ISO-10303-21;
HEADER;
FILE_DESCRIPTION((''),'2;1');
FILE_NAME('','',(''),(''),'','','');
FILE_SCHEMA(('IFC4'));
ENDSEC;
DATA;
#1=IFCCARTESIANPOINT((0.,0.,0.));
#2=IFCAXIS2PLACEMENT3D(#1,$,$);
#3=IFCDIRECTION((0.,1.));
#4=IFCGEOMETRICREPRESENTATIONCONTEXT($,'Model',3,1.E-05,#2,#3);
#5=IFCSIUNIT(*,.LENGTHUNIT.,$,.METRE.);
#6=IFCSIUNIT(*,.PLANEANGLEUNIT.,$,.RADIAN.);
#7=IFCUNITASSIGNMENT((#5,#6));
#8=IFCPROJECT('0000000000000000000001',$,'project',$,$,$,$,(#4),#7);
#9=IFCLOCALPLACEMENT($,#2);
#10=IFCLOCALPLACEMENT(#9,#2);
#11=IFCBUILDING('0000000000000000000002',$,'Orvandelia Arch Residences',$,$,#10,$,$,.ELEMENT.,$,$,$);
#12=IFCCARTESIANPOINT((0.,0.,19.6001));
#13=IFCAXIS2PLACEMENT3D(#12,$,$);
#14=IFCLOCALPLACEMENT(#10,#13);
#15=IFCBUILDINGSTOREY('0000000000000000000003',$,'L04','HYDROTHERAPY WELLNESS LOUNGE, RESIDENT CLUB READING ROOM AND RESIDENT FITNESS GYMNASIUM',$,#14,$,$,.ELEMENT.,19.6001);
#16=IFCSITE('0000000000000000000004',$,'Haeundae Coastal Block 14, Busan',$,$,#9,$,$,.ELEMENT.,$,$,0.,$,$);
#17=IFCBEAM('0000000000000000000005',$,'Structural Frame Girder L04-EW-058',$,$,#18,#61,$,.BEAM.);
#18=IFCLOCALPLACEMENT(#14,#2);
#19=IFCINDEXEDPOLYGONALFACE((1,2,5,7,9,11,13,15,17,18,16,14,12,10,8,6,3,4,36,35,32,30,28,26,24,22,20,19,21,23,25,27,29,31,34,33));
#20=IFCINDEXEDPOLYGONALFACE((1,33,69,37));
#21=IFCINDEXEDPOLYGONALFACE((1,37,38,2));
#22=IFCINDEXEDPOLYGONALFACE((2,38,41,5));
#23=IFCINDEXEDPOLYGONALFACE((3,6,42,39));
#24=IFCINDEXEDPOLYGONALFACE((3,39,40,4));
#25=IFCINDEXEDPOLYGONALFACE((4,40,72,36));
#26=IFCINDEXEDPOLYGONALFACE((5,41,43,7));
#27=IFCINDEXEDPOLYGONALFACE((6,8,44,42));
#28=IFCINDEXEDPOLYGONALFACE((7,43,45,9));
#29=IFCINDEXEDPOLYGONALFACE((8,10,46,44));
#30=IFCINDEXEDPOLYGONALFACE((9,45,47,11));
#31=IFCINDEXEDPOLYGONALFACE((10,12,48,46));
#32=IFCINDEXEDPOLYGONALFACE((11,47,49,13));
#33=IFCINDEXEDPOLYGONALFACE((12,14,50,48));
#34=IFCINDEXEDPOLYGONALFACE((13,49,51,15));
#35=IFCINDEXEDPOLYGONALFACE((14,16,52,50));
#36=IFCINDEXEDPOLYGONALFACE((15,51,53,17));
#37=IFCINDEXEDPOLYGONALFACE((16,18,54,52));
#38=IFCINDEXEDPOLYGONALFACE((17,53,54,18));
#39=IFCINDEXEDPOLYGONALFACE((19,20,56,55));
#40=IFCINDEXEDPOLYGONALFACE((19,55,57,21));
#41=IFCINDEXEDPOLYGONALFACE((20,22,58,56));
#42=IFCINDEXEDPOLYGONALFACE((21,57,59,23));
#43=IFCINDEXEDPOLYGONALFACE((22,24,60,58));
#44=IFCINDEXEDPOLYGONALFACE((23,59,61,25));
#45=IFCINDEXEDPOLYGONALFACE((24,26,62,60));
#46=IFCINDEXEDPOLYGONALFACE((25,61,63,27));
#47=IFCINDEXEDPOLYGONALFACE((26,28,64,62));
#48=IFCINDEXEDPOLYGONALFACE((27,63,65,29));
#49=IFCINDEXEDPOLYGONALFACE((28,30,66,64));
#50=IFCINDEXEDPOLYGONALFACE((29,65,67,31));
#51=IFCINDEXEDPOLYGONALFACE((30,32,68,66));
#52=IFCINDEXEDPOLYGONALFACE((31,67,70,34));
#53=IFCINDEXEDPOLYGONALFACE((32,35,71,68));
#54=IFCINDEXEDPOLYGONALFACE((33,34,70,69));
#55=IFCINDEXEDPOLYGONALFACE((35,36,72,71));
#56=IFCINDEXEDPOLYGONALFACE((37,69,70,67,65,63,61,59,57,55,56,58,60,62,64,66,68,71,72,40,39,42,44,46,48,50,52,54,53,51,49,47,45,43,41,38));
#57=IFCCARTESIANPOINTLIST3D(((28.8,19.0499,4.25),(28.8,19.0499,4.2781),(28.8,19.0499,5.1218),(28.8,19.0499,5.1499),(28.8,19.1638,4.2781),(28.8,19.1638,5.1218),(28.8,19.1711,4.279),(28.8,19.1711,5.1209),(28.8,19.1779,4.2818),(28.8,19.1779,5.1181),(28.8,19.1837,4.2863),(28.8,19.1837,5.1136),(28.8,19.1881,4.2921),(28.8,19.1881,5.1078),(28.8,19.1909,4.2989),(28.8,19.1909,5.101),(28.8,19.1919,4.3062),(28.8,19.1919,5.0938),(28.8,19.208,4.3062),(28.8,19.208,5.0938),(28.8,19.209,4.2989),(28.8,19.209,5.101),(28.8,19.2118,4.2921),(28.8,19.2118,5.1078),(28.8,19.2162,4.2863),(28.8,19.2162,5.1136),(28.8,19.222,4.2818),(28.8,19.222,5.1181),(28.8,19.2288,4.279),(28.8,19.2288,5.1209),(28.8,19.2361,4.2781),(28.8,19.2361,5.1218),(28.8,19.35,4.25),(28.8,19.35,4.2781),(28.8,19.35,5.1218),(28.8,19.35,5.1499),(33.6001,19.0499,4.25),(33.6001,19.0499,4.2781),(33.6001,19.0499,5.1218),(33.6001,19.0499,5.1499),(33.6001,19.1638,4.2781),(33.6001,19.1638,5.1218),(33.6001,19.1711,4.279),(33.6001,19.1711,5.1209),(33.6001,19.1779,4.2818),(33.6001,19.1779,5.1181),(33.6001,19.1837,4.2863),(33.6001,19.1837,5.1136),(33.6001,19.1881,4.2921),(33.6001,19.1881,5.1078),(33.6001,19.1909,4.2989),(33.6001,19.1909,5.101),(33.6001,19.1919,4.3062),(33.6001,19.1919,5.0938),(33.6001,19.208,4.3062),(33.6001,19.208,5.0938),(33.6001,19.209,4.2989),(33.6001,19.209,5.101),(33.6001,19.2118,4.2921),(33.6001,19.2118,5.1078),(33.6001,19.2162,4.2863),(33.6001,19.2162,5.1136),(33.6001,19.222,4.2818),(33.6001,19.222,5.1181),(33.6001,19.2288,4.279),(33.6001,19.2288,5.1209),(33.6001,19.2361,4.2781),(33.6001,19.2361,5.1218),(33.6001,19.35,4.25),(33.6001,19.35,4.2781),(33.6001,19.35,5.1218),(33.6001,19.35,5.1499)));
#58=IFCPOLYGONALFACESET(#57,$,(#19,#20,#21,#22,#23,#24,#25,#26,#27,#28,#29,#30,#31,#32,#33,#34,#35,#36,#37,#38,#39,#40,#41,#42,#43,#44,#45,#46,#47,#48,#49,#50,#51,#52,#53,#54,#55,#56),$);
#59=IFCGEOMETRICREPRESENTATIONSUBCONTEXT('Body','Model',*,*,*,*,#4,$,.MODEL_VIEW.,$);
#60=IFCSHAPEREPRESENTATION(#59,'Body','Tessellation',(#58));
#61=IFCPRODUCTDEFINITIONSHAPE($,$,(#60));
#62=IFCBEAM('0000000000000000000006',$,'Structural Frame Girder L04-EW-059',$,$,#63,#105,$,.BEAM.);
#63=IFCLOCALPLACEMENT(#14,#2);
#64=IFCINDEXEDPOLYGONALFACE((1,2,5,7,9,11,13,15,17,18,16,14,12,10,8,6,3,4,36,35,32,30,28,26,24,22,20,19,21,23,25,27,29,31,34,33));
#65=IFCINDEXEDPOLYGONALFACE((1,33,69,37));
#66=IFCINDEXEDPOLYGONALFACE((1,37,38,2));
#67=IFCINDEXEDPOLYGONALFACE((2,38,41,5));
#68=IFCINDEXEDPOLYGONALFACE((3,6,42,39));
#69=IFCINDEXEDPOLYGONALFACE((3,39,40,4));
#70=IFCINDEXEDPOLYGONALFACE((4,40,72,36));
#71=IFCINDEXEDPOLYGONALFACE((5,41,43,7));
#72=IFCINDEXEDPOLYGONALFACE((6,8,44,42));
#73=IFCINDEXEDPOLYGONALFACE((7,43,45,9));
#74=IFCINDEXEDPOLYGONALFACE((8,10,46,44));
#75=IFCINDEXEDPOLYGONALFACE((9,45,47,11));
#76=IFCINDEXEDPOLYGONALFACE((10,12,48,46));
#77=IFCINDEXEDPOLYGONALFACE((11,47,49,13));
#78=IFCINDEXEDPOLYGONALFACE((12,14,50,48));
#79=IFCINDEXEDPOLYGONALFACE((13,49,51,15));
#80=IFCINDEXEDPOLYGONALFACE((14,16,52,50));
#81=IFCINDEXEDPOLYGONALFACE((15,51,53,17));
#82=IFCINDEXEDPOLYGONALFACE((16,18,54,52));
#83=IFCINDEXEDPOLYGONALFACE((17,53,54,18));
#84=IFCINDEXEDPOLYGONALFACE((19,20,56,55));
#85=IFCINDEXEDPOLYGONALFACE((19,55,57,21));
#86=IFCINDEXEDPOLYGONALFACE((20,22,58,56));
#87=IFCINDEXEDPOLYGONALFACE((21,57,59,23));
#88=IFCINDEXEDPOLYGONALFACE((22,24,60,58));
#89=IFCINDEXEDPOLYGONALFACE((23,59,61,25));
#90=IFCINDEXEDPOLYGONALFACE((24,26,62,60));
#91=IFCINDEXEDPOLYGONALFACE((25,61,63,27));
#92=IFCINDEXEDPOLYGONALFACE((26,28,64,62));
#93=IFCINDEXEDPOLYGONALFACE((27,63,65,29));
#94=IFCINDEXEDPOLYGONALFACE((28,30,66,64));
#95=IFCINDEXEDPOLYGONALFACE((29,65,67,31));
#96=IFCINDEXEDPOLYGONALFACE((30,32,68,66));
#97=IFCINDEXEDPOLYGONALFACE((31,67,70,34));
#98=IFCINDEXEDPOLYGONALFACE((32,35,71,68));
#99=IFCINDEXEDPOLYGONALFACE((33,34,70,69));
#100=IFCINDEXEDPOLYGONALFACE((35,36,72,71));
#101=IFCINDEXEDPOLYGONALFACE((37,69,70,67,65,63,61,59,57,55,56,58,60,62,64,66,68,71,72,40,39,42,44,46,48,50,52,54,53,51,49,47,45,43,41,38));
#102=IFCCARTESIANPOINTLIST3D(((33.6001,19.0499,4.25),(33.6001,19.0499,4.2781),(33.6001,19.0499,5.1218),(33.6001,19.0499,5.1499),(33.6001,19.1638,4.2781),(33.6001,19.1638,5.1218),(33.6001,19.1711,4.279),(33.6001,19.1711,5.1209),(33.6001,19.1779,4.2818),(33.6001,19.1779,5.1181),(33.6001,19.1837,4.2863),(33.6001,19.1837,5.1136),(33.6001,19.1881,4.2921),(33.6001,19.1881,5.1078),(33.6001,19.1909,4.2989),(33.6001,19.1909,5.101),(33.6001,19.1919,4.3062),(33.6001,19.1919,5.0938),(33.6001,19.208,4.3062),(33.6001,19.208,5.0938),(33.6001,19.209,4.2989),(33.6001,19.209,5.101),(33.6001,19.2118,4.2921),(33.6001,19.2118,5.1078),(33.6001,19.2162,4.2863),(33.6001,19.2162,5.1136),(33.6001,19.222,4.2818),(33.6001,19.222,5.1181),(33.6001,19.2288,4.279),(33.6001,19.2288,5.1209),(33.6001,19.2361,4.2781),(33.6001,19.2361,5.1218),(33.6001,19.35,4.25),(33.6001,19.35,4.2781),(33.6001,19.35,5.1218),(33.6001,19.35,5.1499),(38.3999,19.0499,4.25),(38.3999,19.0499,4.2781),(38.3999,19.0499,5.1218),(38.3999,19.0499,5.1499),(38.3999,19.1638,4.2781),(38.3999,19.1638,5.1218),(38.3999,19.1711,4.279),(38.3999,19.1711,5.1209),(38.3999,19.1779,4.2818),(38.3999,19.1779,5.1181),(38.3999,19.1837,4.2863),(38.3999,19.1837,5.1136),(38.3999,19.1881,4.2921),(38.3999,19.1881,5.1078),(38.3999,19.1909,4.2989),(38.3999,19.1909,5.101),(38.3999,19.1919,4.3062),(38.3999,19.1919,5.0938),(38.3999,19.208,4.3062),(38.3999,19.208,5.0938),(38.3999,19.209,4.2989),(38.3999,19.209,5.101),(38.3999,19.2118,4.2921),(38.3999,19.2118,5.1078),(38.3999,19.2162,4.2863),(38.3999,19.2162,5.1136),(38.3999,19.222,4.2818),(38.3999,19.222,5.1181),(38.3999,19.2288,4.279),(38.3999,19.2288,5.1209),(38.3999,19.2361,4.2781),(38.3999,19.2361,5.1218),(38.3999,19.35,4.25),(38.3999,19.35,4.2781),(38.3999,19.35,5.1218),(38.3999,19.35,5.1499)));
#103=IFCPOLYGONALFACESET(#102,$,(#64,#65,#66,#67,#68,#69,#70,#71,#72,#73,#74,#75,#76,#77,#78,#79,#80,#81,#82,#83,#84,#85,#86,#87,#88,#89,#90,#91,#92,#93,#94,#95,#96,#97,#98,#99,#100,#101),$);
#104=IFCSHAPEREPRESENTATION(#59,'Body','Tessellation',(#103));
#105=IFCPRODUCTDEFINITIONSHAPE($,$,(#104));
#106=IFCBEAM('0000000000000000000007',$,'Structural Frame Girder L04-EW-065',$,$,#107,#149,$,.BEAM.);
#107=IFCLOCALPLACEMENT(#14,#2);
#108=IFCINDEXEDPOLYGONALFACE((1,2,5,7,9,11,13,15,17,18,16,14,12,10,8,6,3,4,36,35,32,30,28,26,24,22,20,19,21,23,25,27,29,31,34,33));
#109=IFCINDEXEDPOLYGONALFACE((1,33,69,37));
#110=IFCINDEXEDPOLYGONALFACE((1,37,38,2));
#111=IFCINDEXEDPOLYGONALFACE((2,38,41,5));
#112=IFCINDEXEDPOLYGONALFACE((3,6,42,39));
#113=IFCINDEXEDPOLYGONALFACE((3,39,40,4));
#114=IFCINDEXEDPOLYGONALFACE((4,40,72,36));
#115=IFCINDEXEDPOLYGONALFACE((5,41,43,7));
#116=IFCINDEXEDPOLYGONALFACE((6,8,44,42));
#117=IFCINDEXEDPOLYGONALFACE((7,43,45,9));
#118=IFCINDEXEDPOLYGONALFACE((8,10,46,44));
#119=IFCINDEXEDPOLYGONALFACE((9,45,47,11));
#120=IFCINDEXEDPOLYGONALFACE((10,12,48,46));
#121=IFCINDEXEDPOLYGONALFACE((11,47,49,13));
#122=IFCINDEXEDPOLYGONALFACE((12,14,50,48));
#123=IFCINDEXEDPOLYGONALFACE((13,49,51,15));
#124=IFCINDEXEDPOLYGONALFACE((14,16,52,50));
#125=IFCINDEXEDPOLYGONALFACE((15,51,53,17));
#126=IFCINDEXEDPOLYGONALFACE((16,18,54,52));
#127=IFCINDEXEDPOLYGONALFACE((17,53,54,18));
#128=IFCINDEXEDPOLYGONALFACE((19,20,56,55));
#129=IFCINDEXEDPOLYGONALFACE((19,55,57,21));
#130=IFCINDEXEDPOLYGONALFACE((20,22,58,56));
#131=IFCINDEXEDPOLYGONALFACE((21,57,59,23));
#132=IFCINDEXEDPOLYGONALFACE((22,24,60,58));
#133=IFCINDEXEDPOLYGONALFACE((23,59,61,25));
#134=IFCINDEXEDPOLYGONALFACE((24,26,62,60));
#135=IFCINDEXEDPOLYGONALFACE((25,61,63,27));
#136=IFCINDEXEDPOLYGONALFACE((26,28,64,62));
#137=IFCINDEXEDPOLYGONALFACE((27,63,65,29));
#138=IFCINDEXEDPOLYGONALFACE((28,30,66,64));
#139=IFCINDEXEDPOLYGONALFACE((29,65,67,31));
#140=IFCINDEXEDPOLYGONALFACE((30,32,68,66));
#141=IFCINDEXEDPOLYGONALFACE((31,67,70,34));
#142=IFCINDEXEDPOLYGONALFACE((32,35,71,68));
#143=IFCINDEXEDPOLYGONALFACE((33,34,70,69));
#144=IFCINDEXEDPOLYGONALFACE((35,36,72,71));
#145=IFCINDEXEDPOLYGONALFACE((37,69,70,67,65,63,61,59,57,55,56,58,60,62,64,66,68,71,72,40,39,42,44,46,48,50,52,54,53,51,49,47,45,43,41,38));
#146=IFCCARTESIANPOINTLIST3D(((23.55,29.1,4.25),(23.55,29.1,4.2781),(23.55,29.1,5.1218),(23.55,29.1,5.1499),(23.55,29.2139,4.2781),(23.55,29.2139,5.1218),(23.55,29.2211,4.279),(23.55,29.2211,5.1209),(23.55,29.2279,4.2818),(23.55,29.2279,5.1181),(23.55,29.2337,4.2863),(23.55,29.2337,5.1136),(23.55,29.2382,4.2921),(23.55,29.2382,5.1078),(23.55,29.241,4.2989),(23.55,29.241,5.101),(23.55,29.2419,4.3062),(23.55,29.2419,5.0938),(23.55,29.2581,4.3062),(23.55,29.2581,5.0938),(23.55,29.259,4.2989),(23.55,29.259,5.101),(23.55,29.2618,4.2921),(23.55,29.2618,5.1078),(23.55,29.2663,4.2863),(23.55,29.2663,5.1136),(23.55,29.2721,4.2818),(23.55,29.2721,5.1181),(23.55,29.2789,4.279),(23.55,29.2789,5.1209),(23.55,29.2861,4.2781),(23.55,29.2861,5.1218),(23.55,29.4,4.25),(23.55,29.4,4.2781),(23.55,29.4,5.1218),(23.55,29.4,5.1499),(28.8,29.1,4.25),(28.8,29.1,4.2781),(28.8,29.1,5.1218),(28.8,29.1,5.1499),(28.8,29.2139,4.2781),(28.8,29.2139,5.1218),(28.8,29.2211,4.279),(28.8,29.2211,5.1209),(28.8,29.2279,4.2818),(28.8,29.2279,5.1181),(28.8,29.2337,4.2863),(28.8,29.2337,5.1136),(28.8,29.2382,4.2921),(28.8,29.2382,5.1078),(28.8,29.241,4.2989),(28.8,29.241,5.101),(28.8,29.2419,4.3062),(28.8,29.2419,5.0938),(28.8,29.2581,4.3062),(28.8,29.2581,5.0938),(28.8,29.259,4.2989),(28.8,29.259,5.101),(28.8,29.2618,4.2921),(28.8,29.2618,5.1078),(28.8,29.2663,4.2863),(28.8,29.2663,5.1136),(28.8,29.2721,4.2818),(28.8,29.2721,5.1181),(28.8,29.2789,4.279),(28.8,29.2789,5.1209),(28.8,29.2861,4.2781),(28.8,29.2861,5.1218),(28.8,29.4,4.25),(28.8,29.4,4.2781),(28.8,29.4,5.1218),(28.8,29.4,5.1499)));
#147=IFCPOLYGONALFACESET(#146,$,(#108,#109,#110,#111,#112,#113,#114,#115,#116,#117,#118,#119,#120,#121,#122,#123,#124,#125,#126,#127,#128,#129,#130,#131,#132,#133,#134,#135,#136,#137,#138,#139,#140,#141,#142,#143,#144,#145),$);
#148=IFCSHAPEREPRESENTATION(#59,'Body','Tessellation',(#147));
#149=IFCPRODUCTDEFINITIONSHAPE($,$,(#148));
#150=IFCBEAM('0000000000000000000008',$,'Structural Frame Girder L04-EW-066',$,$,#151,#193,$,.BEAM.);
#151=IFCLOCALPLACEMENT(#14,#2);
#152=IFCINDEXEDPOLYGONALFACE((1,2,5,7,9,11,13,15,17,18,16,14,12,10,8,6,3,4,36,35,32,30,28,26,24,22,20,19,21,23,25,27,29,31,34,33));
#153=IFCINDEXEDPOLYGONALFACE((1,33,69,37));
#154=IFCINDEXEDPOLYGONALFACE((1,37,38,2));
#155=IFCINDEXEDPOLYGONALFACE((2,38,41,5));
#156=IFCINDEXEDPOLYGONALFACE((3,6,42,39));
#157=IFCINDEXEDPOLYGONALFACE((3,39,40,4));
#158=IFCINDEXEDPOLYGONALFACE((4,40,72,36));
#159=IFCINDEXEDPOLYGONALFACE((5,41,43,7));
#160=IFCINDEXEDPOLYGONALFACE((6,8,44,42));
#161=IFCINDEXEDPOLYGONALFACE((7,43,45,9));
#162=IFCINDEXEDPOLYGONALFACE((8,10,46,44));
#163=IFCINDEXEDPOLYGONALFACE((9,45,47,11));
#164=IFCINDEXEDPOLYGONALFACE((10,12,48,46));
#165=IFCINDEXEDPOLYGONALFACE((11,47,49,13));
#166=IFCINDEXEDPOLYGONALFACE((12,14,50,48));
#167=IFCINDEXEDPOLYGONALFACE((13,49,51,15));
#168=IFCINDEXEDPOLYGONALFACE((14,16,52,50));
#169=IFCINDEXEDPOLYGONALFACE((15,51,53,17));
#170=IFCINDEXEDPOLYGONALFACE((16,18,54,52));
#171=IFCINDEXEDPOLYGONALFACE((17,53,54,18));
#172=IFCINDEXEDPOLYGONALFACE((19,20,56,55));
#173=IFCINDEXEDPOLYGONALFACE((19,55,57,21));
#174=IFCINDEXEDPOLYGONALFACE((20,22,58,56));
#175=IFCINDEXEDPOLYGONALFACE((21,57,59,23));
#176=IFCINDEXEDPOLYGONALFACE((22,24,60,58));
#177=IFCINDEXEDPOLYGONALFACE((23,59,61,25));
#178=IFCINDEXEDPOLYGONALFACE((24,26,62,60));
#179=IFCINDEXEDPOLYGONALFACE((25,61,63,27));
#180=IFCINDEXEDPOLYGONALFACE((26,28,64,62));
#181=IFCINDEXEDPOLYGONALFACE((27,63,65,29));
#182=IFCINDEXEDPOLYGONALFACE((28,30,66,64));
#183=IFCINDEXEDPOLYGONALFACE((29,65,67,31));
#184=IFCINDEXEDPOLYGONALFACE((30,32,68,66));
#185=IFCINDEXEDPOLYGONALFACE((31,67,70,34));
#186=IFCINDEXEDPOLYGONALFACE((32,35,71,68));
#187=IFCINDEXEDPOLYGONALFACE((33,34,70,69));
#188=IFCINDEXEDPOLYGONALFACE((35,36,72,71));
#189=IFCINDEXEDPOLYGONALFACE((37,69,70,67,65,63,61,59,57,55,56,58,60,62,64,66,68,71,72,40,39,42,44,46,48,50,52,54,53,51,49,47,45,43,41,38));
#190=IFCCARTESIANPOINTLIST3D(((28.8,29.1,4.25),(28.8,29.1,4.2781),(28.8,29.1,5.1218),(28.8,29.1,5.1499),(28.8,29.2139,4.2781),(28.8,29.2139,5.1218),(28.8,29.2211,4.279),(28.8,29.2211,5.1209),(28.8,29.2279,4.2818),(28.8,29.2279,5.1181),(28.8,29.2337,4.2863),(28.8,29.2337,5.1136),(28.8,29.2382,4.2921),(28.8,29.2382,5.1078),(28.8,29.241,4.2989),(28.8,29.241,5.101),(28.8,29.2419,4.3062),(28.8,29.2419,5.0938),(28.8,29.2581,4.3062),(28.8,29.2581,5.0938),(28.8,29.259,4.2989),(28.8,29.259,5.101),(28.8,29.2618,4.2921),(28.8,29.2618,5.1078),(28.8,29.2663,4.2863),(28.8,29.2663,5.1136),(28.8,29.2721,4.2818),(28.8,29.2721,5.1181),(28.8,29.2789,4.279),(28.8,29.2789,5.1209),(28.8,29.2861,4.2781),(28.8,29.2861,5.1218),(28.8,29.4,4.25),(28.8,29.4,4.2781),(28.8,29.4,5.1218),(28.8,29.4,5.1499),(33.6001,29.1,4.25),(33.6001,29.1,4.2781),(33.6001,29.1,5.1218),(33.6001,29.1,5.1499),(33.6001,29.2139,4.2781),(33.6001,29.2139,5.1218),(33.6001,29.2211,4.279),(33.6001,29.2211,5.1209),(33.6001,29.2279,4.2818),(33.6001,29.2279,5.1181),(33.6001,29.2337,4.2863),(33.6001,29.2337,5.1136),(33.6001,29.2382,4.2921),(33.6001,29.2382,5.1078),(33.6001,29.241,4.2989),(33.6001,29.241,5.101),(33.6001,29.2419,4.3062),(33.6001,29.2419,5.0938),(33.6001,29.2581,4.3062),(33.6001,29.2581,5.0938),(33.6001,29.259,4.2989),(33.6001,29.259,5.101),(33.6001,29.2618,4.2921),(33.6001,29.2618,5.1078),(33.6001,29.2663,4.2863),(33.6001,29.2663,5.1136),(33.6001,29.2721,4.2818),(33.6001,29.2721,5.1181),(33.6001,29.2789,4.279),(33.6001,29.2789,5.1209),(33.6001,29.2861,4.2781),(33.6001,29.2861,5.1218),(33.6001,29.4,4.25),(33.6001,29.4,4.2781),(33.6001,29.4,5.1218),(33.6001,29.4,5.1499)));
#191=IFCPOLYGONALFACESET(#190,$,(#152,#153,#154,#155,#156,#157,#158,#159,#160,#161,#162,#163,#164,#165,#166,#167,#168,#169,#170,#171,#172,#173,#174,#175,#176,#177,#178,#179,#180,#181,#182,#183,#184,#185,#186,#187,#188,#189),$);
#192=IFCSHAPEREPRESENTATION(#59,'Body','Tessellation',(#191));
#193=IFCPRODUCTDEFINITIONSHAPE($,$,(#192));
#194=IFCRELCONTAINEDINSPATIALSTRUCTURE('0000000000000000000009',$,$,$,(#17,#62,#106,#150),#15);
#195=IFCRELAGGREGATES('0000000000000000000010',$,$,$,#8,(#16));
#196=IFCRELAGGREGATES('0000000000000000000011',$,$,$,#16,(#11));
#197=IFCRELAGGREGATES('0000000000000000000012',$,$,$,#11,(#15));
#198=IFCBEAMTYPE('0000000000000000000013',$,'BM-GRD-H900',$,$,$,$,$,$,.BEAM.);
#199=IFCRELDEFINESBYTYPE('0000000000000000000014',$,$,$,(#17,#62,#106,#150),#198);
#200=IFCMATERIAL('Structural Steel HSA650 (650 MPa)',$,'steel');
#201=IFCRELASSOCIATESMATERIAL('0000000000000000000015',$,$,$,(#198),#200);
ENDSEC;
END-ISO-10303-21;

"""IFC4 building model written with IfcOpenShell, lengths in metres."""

from ifc_helpers import new_model, si_unit, direction, frame, origin, origin_2d, place, context, subcontext, project, spatial, i_section, extrude, material, material_profile, profile_set, type_object, element, save


model = new_model("IFC4")

# Units and contexts
model_context = context("Model", 3, precision=1e-05, world=origin(), true_north=direction((0.0, 1.0)))
body_context = subcontext(model_context, "Body", "Model", "MODEL_VIEW")
ifc_project = project(units=[si_unit("LENGTHUNIT", "METRE"), si_unit("PLANEANGLEUNIT", "RADIAN")], contexts=[model_context])

# Site, building, storey
site_placement = place(None, origin())
site = spatial("IfcSite", under=ifc_project, at=site_placement, Name="Haeundae Coastal Block 14, Busan", CompositionType="ELEMENT", RefElevation=0.0)
building_placement = place(site_placement, origin())
building = spatial("IfcBuilding", under=site, at=building_placement, Name="Orvandelia Arch Residences", CompositionType="ELEMENT")
storey_placement = place(building_placement, frame((0.0, 0.0, 19.6001)))
storey = spatial("IfcBuildingStorey", under=building, at=storey_placement, Name="L04", Description="HYDROTHERAPY WELLNESS LOUNGE, RESIDENT CLUB READING ROOM AND RESIDENT FITNESS GYMNASIUM", CompositionType="ELEMENT", Elevation=19.6001)

# Shared definitions
ifc_material_1 = material(Name="Structural Steel HSA650 (650 MPa)", Category="steel")

# Beams
ifc_material_profile_1 = material_profile(ifc_material_1, i_section(OverallWidth=0.3, OverallDepth=0.8999, WebThickness=0.0161, FlangeThickness=0.0281, FilletRadius=0.0281, at=origin_2d()), Name="Structural Steel HSA650 (650 MPa)", Category="steel")
ifc_profile_set_1 = profile_set([ifc_material_profile_1], Name="Structural Steel HSA650 (650 MPa)")
beam_type = type_object("IfcBeamType", Name="BM-GRD-H900", PredefinedType="BEAM", material=ifc_profile_set_1)
beam_1_placement = place(storey_placement, frame((28.8, 19.2, 4.7), z_axis=(1.0, 0.0, 0.0), x_axis=(0.0, 1.0, 0.0)))
element("IfcBeam", 1, at=beam_1_placement, inside=storey, type_object=beam_type, Name="Structural Frame Girder L04-EW-058", PredefinedType="BEAM", context=body_context, shape_type="SweptSolid", body=[
    extrude(i_section(OverallWidth=0.3, OverallDepth=0.8999, WebThickness=0.0161, FlangeThickness=0.0281, FilletRadius=0.0281, at=origin_2d()), origin(), (0.0, 0.0, 1.0), 4.8),
])
beam_2_placement = place(storey_placement, frame((33.6001, 19.2, 4.7), z_axis=(1.0, 0.0, 0.0), x_axis=(0.0, 1.0, 0.0)))
element("IfcBeam", 2, at=beam_2_placement, inside=storey, type_object=beam_type, Name="Structural Frame Girder L04-EW-059", PredefinedType="BEAM", context=body_context, shape_type="SweptSolid", body=[
    extrude(i_section(OverallWidth=0.3, OverallDepth=0.8999, WebThickness=0.0161, FlangeThickness=0.0281, FilletRadius=0.0281, at=origin_2d()), origin(), (0.0, 0.0, 1.0), 4.7998),
])
beam_3_placement = place(storey_placement, frame((23.55, 29.25, 4.7), z_axis=(1.0, 0.0, 0.0), x_axis=(0.0, 1.0, 0.0)))
element("IfcBeam", 3, at=beam_3_placement, inside=storey, type_object=beam_type, Name="Structural Frame Girder L04-EW-065", PredefinedType="BEAM", context=body_context, shape_type="SweptSolid", body=[
    extrude(i_section(OverallWidth=0.3, OverallDepth=0.8999, WebThickness=0.0161, FlangeThickness=0.0281, FilletRadius=0.0281, at=origin_2d()), origin(), (0.0, 0.0, 1.0), 5.25),
])
beam_4_placement = place(storey_placement, frame((28.8, 29.25, 4.7), z_axis=(1.0, 0.0, 0.0), x_axis=(0.0, 1.0, 0.0)))
element("IfcBeam", 4, at=beam_4_placement, inside=storey, type_object=beam_type, Name="Structural Frame Girder L04-EW-066", PredefinedType="BEAM", context=body_context, shape_type="SweptSolid", body=[
    extrude(i_section(OverallWidth=0.3, OverallDepth=0.8999, WebThickness=0.0161, FlangeThickness=0.0281, FilletRadius=0.0281, at=origin_2d()), origin(), (0.0, 0.0, 1.0), 4.8),
])

save(model, "model.ifc")
